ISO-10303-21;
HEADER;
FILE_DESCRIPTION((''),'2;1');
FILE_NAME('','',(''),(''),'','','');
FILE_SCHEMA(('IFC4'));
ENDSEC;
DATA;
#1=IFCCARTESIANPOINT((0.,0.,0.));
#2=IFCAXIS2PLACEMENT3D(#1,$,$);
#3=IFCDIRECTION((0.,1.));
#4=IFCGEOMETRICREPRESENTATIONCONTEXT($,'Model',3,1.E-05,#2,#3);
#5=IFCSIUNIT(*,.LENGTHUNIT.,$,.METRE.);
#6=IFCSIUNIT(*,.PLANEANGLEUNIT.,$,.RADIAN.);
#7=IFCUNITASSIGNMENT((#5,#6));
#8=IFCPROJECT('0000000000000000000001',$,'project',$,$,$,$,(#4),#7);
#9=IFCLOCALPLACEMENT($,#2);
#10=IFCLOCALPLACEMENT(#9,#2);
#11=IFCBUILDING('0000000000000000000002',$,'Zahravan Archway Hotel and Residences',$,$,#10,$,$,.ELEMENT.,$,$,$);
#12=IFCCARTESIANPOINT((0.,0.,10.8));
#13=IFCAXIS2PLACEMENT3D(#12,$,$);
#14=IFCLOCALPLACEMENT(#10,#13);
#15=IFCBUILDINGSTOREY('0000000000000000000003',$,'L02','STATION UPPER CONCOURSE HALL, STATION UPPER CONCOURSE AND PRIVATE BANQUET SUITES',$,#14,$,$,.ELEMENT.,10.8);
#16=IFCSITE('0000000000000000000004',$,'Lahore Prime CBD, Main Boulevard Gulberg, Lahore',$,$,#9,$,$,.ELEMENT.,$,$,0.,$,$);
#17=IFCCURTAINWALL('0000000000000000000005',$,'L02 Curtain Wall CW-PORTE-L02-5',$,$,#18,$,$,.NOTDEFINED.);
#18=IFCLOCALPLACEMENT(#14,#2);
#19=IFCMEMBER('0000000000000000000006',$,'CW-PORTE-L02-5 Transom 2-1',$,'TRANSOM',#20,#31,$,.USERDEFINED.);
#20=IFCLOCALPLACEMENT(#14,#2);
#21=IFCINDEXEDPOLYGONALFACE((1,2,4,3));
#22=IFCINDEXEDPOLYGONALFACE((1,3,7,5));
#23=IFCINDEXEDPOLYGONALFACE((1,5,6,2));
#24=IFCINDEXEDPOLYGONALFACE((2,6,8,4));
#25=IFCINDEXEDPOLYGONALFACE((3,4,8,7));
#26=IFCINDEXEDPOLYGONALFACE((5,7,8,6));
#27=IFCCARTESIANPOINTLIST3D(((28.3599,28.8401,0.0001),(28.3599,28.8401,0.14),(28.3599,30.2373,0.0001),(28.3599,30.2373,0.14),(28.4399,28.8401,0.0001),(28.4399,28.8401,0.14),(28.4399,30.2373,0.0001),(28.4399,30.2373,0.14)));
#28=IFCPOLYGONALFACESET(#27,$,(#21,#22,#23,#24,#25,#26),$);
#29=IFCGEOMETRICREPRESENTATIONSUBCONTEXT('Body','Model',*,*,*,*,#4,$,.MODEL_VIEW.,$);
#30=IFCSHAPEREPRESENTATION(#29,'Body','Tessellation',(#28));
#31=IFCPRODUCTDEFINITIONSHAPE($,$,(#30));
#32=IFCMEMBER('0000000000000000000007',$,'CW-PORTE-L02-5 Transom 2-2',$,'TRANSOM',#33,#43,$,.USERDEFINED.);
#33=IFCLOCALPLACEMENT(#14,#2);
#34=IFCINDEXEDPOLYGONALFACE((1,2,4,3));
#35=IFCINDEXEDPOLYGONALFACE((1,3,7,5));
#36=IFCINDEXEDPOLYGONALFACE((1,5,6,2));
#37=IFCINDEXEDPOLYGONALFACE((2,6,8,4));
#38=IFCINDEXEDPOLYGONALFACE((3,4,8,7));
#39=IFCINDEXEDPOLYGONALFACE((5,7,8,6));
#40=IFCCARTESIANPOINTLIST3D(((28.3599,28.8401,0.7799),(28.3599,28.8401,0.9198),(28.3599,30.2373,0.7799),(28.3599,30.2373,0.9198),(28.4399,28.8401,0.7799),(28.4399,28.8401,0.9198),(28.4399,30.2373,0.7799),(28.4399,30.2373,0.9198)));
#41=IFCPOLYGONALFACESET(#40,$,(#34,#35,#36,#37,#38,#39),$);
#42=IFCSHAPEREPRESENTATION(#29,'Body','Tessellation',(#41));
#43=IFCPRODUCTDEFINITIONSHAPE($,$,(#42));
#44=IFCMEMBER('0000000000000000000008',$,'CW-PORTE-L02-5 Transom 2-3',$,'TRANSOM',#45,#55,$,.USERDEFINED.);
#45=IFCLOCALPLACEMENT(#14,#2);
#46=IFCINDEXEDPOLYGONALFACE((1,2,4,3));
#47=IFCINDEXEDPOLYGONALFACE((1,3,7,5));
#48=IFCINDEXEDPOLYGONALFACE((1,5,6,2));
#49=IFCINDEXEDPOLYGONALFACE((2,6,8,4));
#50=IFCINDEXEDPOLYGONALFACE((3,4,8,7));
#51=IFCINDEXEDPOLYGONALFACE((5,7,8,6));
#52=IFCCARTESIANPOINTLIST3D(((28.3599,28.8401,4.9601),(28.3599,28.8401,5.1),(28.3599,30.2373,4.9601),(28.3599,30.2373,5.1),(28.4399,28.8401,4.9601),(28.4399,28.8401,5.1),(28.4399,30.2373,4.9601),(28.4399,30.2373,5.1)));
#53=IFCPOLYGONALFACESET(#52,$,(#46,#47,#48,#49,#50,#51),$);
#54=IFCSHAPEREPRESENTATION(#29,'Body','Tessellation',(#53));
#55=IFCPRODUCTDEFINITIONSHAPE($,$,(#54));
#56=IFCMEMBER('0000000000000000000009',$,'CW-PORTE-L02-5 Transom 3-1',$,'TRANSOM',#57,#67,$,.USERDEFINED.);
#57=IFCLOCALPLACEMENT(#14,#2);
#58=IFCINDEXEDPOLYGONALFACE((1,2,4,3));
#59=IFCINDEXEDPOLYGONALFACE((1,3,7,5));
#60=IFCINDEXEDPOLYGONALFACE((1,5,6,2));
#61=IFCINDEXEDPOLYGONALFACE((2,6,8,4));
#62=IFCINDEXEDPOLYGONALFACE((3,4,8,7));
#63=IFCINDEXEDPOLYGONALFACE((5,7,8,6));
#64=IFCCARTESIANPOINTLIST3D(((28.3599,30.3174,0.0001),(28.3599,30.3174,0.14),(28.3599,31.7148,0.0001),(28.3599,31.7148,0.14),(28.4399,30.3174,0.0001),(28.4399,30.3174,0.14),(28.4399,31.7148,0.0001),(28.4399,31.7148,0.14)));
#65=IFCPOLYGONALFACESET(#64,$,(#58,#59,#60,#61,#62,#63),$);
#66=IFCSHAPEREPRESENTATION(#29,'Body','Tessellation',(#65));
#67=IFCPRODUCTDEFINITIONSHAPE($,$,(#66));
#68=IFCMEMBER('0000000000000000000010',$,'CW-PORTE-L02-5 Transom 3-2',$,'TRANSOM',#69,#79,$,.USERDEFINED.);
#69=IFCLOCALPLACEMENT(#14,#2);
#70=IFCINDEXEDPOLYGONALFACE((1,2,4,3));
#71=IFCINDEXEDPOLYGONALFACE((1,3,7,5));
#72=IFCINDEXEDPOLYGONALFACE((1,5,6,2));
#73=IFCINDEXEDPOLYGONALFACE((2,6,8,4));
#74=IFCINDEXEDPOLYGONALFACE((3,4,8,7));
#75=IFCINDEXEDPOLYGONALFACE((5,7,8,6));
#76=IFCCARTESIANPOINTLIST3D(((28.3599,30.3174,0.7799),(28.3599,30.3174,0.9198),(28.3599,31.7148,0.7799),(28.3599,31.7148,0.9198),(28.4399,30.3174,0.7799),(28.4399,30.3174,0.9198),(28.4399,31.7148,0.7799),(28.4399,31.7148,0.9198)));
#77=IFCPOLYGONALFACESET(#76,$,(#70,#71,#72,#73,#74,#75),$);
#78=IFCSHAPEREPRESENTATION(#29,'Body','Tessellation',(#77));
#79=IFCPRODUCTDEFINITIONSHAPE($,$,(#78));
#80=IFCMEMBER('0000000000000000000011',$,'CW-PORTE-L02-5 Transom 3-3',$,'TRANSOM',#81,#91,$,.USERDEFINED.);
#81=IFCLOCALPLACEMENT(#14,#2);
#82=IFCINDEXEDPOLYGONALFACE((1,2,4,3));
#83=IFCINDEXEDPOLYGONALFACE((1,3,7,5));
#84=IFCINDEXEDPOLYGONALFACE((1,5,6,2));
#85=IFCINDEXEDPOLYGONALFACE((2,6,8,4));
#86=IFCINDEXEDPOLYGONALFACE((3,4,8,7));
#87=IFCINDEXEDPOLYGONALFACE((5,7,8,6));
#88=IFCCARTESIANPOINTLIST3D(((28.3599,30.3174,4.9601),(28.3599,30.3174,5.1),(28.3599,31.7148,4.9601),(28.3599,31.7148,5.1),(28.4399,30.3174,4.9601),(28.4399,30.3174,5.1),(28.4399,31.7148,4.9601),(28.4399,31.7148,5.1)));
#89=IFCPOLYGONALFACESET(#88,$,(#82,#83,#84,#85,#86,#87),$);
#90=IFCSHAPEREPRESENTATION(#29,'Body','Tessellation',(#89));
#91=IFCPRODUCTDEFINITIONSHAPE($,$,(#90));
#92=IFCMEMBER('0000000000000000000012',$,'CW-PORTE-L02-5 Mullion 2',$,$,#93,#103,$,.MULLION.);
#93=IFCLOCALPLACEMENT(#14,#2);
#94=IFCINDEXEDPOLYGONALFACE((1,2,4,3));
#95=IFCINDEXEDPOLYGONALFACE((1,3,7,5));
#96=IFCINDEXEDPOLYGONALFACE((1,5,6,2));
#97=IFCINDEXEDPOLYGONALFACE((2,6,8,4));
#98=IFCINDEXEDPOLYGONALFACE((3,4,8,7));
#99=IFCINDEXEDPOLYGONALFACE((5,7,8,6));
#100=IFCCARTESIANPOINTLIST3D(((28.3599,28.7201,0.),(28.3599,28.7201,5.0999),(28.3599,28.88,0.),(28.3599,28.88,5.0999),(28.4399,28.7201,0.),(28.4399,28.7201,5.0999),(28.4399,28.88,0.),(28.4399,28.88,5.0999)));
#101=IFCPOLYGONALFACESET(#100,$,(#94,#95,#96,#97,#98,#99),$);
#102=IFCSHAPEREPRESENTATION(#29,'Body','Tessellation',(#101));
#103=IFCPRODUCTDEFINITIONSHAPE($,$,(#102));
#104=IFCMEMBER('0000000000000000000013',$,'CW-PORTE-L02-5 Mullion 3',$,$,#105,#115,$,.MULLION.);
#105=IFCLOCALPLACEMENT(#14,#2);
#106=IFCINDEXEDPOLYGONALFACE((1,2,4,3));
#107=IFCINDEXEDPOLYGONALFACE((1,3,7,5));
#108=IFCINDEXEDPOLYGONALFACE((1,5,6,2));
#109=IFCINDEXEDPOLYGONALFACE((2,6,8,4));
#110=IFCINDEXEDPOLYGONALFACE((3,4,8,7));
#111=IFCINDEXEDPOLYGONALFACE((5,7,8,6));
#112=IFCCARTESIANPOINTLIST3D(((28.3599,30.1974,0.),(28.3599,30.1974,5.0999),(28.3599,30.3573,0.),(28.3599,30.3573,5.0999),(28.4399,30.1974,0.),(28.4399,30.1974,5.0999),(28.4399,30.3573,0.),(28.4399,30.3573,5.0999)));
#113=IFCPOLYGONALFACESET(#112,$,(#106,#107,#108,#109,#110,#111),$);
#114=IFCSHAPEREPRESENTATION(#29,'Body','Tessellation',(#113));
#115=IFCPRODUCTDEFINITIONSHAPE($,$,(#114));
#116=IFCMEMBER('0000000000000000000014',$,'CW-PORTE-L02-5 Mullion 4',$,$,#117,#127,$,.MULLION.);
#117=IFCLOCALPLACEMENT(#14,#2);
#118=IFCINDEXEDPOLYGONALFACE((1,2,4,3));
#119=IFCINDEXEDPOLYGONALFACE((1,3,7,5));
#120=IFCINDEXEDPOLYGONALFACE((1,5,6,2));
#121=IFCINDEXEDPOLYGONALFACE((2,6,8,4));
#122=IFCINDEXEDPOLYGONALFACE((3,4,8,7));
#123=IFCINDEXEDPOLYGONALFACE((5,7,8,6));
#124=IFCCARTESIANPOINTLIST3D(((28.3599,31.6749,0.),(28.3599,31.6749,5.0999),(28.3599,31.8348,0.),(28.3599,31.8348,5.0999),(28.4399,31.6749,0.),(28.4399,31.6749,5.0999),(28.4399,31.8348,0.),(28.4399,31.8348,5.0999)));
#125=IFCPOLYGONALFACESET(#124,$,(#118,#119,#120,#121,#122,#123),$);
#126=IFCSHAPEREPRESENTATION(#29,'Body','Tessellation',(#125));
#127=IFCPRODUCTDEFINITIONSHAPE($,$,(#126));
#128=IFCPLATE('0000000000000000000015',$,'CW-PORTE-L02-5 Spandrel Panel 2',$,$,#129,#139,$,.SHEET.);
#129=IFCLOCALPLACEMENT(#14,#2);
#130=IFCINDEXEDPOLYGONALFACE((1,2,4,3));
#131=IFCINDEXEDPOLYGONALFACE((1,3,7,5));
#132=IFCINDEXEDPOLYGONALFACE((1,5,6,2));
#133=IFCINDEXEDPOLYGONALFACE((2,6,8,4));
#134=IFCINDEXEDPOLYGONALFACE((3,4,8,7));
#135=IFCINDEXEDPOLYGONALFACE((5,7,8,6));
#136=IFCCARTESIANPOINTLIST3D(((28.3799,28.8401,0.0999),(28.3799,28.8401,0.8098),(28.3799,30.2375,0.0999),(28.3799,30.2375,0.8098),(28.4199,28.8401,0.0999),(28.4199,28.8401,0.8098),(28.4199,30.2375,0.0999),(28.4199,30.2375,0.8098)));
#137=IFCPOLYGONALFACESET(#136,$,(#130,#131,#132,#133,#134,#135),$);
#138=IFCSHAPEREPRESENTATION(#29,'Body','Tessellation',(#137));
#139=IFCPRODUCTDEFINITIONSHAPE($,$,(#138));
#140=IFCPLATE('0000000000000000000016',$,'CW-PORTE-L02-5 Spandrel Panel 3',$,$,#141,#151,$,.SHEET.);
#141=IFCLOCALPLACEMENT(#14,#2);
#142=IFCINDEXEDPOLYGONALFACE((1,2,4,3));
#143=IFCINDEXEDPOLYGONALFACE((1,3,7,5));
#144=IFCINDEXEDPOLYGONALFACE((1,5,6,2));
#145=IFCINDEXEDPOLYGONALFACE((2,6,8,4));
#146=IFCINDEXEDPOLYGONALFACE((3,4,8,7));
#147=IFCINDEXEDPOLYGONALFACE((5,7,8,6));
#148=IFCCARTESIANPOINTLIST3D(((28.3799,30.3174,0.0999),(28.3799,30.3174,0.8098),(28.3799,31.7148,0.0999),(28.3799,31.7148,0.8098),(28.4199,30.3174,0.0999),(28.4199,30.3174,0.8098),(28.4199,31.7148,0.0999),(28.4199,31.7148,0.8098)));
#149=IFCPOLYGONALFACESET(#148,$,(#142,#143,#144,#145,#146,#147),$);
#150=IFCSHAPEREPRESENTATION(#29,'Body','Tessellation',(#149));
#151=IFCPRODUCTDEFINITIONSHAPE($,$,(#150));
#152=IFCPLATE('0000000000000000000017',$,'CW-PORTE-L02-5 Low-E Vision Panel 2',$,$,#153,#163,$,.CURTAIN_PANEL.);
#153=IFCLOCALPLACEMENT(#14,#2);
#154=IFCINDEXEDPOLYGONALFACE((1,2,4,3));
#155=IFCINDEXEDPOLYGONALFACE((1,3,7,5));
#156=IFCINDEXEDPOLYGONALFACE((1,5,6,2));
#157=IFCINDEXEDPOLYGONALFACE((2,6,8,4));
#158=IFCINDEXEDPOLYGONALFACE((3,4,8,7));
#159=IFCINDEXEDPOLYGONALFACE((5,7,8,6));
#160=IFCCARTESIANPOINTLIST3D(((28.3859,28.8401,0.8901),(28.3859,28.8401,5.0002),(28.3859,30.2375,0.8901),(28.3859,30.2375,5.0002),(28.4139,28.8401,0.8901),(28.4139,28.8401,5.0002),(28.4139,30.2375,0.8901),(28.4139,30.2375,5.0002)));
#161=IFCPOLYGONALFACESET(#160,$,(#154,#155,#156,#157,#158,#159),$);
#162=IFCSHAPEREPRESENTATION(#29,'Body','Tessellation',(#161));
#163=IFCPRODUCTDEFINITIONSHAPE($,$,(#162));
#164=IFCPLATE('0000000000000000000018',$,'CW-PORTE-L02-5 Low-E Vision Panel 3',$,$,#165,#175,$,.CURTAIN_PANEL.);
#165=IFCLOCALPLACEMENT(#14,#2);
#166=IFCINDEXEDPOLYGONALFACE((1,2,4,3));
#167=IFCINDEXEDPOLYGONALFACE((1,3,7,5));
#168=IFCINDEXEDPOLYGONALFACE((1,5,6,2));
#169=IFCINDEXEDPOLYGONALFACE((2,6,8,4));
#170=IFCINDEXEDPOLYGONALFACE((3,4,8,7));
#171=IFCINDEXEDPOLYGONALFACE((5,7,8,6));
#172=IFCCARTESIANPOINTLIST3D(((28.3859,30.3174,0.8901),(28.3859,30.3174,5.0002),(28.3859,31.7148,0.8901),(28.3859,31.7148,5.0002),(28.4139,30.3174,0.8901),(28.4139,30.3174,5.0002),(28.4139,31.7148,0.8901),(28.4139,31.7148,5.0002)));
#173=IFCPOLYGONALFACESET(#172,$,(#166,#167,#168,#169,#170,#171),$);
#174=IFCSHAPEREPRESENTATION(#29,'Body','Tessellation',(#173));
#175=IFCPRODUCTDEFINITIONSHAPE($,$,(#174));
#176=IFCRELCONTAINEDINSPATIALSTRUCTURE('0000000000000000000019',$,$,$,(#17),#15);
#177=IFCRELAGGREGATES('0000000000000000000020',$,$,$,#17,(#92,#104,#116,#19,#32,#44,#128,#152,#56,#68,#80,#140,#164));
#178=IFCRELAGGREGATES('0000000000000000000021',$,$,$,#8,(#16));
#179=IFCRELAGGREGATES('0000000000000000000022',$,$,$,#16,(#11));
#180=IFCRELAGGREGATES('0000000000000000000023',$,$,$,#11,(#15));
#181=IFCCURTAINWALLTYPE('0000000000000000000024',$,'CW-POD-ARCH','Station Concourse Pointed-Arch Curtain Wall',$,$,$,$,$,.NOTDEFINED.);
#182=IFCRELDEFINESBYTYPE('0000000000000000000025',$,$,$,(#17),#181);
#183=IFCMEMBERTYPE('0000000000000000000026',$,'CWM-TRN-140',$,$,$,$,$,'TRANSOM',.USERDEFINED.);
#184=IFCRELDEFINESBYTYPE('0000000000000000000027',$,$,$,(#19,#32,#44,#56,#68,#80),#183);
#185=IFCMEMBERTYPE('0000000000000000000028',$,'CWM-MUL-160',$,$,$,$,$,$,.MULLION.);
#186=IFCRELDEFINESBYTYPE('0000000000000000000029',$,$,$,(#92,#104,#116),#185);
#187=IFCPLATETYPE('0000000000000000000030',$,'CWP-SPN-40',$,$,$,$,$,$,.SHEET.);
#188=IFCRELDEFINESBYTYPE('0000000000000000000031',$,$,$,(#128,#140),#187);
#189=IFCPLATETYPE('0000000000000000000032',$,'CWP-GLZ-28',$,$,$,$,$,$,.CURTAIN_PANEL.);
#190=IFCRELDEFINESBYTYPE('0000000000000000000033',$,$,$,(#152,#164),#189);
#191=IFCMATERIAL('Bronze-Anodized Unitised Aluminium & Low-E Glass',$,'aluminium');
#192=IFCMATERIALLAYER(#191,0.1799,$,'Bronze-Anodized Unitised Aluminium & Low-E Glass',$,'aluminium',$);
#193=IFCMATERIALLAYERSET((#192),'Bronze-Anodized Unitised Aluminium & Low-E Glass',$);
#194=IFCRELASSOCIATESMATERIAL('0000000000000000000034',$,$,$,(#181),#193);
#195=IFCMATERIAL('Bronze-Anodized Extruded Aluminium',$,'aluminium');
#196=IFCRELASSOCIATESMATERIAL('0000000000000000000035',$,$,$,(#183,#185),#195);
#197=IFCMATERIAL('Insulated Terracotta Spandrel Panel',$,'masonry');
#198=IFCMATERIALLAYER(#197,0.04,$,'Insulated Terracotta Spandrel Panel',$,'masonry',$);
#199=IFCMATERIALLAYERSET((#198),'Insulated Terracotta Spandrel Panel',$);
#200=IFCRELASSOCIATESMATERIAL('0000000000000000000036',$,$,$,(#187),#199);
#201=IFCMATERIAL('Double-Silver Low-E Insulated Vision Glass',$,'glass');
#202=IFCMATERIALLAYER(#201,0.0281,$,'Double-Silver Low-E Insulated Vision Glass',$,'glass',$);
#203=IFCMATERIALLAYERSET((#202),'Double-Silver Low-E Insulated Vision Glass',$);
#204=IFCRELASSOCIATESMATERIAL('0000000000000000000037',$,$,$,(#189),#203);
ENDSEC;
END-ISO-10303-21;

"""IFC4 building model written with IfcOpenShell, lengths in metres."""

from ifc_helpers import new_model, si_unit, direction, frame, origin, origin_2d, place, context, subcontext, project, spatial, rectangle, extrude, source, transform, mapped, material, layer, layer_set, material_profile, profile_set, type_object, element, aggregate, save


model = new_model("IFC4")

# Units and contexts
model_context = context("Model", 3, precision=1e-05, world=origin(), true_north=direction((0.0, 1.0)))
body_context = subcontext(model_context, "Body", "Model", "MODEL_VIEW")
ifc_project = project(units=[si_unit("LENGTHUNIT", "METRE"), si_unit("PLANEANGLEUNIT", "RADIAN")], contexts=[model_context])

# Site, building, storey
site_placement = place(None, origin())
site = spatial("IfcSite", under=ifc_project, at=site_placement, Name="Lahore Prime CBD, Main Boulevard Gulberg, Lahore", CompositionType="ELEMENT", RefElevation=0.0)
building_placement = place(site_placement, origin())
building = spatial("IfcBuilding", under=site, at=building_placement, Name="Zahravan Archway Hotel and Residences", CompositionType="ELEMENT")
storey_placement = place(building_placement, frame((0.0, 0.0, 10.8)))
storey = spatial("IfcBuildingStorey", under=building, at=storey_placement, Name="L02", Description="STATION UPPER CONCOURSE HALL, STATION UPPER CONCOURSE AND PRIVATE BANQUET SUITES", CompositionType="ELEMENT", Elevation=10.8)

# Curtain wall, members, plates
ifc_material_1 = material(Name="Bronze-Anodized Unitised Aluminium & Low-E Glass", Category="aluminium")
ifc_layer_1 = layer(ifc_material_1, 0.1799, Name="Bronze-Anodized Unitised Aluminium & Low-E Glass", Category="aluminium")
ifc_layer_set_1 = layer_set([ifc_layer_1], Name="Bronze-Anodized Unitised Aluminium & Low-E Glass")
curtain_wall_type = type_object("IfcCurtainWallType", Name="CW-POD-ARCH", Description="Station Concourse Pointed-Arch Curtain Wall", PredefinedType="NOTDEFINED", material=ifc_layer_set_1)
curtain_wall_placement = place(storey_placement, origin())
curtain_wall = element("IfcCurtainWall", 1, at=curtain_wall_placement, inside=storey, type_object=curtain_wall_type, Name="L02 Curtain Wall CW-PORTE-L02-5", PredefinedType="NOTDEFINED")
ifc_material_2 = material(Name="Bronze-Anodized Extruded Aluminium", Category="aluminium")
ifc_material_profile_1 = material_profile(ifc_material_2, rectangle(XDim=0.0801, YDim=0.1399, at=origin_2d()), Name="TRN 80x140", Category="aluminium")
ifc_profile_set_1 = profile_set([ifc_material_profile_1], Name="Bronze-Anodized Extruded Aluminium")
member_type_1 = type_object("IfcMemberType", Name="CWM-TRN-140", ElementType="TRANSOM", PredefinedType="USERDEFINED", material=ifc_profile_set_1)
shared_shape_1 = source(origin(), body_context, "Body", "SweptSolid", [
    extrude(rectangle(XDim=0.0801, YDim=0.1399, at=origin_2d()), origin(), (0.0, 0.0, 1.0), 1.3972),
])
member_1_placement = place(storey_placement, frame((28.3999, 28.8401, 0.0701), z_axis=(0.0, 1.0, 0.0), x_axis=(-1.0, 0.0, 0.0)))
member_1 = element("IfcMember", 2, at=member_1_placement, type_object=member_type_1, Name="CW-PORTE-L02-5 Transom 2-1", ObjectType="TRANSOM", PredefinedType="USERDEFINED", context=body_context, shape_type="MappedRepresentation", body=[
    mapped(shared_shape_1, transform((0.0, 0.0, 0.0), scale=1.0)),
])
member_2_placement = place(storey_placement, frame((28.3999, 28.8401, 0.8499), z_axis=(0.0, 1.0, 0.0), x_axis=(-1.0, 0.0, 0.0)))
member_2 = element("IfcMember", 3, at=member_2_placement, type_object=member_type_1, Name="CW-PORTE-L02-5 Transom 2-2", ObjectType="TRANSOM", PredefinedType="USERDEFINED", context=body_context, shape_type="MappedRepresentation", body=[
    mapped(shared_shape_1, transform((0.0, 0.0, 0.0), scale=1.0)),
])
member_3_placement = place(storey_placement, frame((28.3999, 28.8401, 5.03), z_axis=(0.0, 1.0, 0.0), x_axis=(-1.0, 0.0, 0.0)))
member_3 = element("IfcMember", 4, at=member_3_placement, type_object=member_type_1, Name="CW-PORTE-L02-5 Transom 2-3", ObjectType="TRANSOM", PredefinedType="USERDEFINED", context=body_context, shape_type="MappedRepresentation", body=[
    mapped(shared_shape_1, transform((0.0, 0.0, 0.0), scale=1.0)),
])
shared_shape_2 = source(origin(), body_context, "Body", "SweptSolid", [
    extrude(rectangle(XDim=0.0801, YDim=0.1399, at=origin_2d()), origin(), (0.0, 0.0, 1.0), 1.3975),
])
member_4_placement = place(storey_placement, frame((28.3999, 30.3174, 0.0701), z_axis=(0.0, 1.0, 0.0), x_axis=(-1.0, 0.0, 0.0)))
member_4 = element("IfcMember", 5, at=member_4_placement, type_object=member_type_1, Name="CW-PORTE-L02-5 Transom 3-1", ObjectType="TRANSOM", PredefinedType="USERDEFINED", context=body_context, shape_type="MappedRepresentation", body=[
    mapped(shared_shape_2, transform((0.0, 0.0, 0.0), scale=1.0)),
])
member_5_placement = place(storey_placement, frame((28.3999, 30.3174, 0.8499), z_axis=(0.0, 1.0, 0.0), x_axis=(-1.0, 0.0, 0.0)))
member_5 = element("IfcMember", 6, at=member_5_placement, type_object=member_type_1, Name="CW-PORTE-L02-5 Transom 3-2", ObjectType="TRANSOM", PredefinedType="USERDEFINED", context=body_context, shape_type="MappedRepresentation", body=[
    mapped(shared_shape_2, transform((0.0, 0.0, 0.0), scale=1.0)),
])
member_6_placement = place(storey_placement, frame((28.3999, 30.3174, 5.03), z_axis=(0.0, 1.0, 0.0), x_axis=(-1.0, 0.0, 0.0)))
member_6 = element("IfcMember", 7, at=member_6_placement, type_object=member_type_1, Name="CW-PORTE-L02-5 Transom 3-3", ObjectType="TRANSOM", PredefinedType="USERDEFINED", context=body_context, shape_type="MappedRepresentation", body=[
    mapped(shared_shape_2, transform((0.0, 0.0, 0.0), scale=1.0)),
])
ifc_material_profile_2 = material_profile(ifc_material_2, rectangle(XDim=0.0801, YDim=0.1599, at=origin_2d()), Name="MUL 80x160", Category="aluminium")
ifc_profile_set_2 = profile_set([ifc_material_profile_2], Name="Bronze-Anodized Extruded Aluminium")
member_type_2 = type_object("IfcMemberType", Name="CWM-MUL-160", PredefinedType="MULLION", material=ifc_profile_set_2)
shared_shape_3 = source(origin(), body_context, "Body", "SweptSolid", [
    extrude(rectangle(XDim=0.0801, YDim=0.1599, at=origin_2d()), origin(), (0.0, 0.0, 1.0), 5.0999),
])
member_7_placement = place(storey_placement, frame((28.3999, 28.8, 0.0), z_axis=(0.0, 0.0, 1.0), x_axis=(1.0, 0.0, 0.0)))
member_7 = element("IfcMember", 8, at=member_7_placement, type_object=member_type_2, Name="CW-PORTE-L02-5 Mullion 2", PredefinedType="MULLION", context=body_context, shape_type="MappedRepresentation", body=[
    mapped(shared_shape_3, transform((0.0, 0.0, 0.0), scale=1.0)),
])
member_8_placement = place(storey_placement, frame((28.3999, 30.2773, 0.0), z_axis=(0.0, 0.0, 1.0), x_axis=(1.0, 0.0, 0.0)))
member_8 = element("IfcMember", 9, at=member_8_placement, type_object=member_type_2, Name="CW-PORTE-L02-5 Mullion 3", PredefinedType="MULLION", context=body_context, shape_type="MappedRepresentation", body=[
    mapped(shared_shape_3, transform((0.0, 0.0, 0.0), scale=1.0)),
])
member_9_placement = place(storey_placement, frame((28.3999, 31.7549, 0.0), z_axis=(0.0, 0.0, 1.0), x_axis=(1.0, 0.0, 0.0)))
member_9 = element("IfcMember", 10, at=member_9_placement, type_object=member_type_2, Name="CW-PORTE-L02-5 Mullion 4", PredefinedType="MULLION", context=body_context, shape_type="MappedRepresentation", body=[
    mapped(shared_shape_3, transform((0.0, 0.0, 0.0), scale=1.0)),
])
ifc_material_3 = material(Name="Insulated Terracotta Spandrel Panel", Category="masonry")
ifc_layer_2 = layer(ifc_material_3, 0.04, Name="Insulated Terracotta Spandrel Panel", Category="masonry")
ifc_layer_set_2 = layer_set([ifc_layer_2], Name="Insulated Terracotta Spandrel Panel")
plate_type_1 = type_object("IfcPlateType", Name="CWP-SPN-40", PredefinedType="SHEET", material=ifc_layer_set_2)
shared_shape_4 = source(origin(), body_context, "Body", "SweptSolid", [
    extrude(rectangle(XDim=1.3975, YDim=0.04, at=origin_2d()), origin(), (0.0, 0.0, 1.0), 0.71),
])
plate_1_placement = place(storey_placement, frame((28.3999, 29.5388, 0.0999), z_axis=(0.0, 0.0, 1.0), x_axis=(0.0, 1.0, 0.0)))
plate_1 = element("IfcPlate", 11, at=plate_1_placement, type_object=plate_type_1, Name="CW-PORTE-L02-5 Spandrel Panel 2", PredefinedType="SHEET", context=body_context, shape_type="MappedRepresentation", body=[
    mapped(shared_shape_4, transform((0.0, 0.0, 0.0), scale=1.0)),
])
plate_2_placement = place(storey_placement, frame((28.3999, 31.0161, 0.0999), z_axis=(0.0, 0.0, 1.0), x_axis=(0.0, 1.0, 0.0)))
plate_2 = element("IfcPlate", 12, at=plate_2_placement, type_object=plate_type_1, Name="CW-PORTE-L02-5 Spandrel Panel 3", PredefinedType="SHEET", context=body_context, shape_type="MappedRepresentation", body=[
    mapped(shared_shape_4, transform((0.0, 0.0, 0.0), scale=1.0)),
])
ifc_material_4 = material(Name="Double-Silver Low-E Insulated Vision Glass", Category="glass")
ifc_layer_3 = layer(ifc_material_4, 0.0281, Name="Double-Silver Low-E Insulated Vision Glass", Category="glass")
ifc_layer_set_3 = layer_set([ifc_layer_3], Name="Double-Silver Low-E Insulated Vision Glass")
plate_type_2 = type_object("IfcPlateType", Name="CWP-GLZ-28", PredefinedType="CURTAIN_PANEL", material=ifc_layer_set_3)
shared_shape_5 = source(origin(), body_context, "Body", "SweptSolid", [
    extrude(rectangle(XDim=1.3975, YDim=0.0281, at=origin_2d()), origin(), (0.0, 0.0, 1.0), 4.1101),
])
plate_3_placement = place(storey_placement, frame((28.3999, 29.5388, 0.8901), z_axis=(0.0, 0.0, 1.0), x_axis=(0.0, 1.0, 0.0)))
plate_3 = element("IfcPlate", 13, at=plate_3_placement, type_object=plate_type_2, Name="CW-PORTE-L02-5 Low-E Vision Panel 2", PredefinedType="CURTAIN_PANEL", context=body_context, shape_type="MappedRepresentation", body=[
    mapped(shared_shape_5, transform((0.0, 0.0, 0.0), scale=1.0)),
])
plate_4_placement = place(storey_placement, frame((28.3999, 31.0161, 0.8901), z_axis=(0.0, 0.0, 1.0), x_axis=(0.0, 1.0, 0.0)))
plate_4 = element("IfcPlate", 14, at=plate_4_placement, type_object=plate_type_2, Name="CW-PORTE-L02-5 Low-E Vision Panel 3", PredefinedType="CURTAIN_PANEL", context=body_context, shape_type="MappedRepresentation", body=[
    mapped(shared_shape_5, transform((0.0, 0.0, 0.0), scale=1.0)),
])
aggregate(curtain_wall, [member_7, member_8, member_9, member_1, member_2, member_3, plate_1, plate_3, member_4, member_5, member_6, plate_2, plate_4])

save(model, "model.ifc")
